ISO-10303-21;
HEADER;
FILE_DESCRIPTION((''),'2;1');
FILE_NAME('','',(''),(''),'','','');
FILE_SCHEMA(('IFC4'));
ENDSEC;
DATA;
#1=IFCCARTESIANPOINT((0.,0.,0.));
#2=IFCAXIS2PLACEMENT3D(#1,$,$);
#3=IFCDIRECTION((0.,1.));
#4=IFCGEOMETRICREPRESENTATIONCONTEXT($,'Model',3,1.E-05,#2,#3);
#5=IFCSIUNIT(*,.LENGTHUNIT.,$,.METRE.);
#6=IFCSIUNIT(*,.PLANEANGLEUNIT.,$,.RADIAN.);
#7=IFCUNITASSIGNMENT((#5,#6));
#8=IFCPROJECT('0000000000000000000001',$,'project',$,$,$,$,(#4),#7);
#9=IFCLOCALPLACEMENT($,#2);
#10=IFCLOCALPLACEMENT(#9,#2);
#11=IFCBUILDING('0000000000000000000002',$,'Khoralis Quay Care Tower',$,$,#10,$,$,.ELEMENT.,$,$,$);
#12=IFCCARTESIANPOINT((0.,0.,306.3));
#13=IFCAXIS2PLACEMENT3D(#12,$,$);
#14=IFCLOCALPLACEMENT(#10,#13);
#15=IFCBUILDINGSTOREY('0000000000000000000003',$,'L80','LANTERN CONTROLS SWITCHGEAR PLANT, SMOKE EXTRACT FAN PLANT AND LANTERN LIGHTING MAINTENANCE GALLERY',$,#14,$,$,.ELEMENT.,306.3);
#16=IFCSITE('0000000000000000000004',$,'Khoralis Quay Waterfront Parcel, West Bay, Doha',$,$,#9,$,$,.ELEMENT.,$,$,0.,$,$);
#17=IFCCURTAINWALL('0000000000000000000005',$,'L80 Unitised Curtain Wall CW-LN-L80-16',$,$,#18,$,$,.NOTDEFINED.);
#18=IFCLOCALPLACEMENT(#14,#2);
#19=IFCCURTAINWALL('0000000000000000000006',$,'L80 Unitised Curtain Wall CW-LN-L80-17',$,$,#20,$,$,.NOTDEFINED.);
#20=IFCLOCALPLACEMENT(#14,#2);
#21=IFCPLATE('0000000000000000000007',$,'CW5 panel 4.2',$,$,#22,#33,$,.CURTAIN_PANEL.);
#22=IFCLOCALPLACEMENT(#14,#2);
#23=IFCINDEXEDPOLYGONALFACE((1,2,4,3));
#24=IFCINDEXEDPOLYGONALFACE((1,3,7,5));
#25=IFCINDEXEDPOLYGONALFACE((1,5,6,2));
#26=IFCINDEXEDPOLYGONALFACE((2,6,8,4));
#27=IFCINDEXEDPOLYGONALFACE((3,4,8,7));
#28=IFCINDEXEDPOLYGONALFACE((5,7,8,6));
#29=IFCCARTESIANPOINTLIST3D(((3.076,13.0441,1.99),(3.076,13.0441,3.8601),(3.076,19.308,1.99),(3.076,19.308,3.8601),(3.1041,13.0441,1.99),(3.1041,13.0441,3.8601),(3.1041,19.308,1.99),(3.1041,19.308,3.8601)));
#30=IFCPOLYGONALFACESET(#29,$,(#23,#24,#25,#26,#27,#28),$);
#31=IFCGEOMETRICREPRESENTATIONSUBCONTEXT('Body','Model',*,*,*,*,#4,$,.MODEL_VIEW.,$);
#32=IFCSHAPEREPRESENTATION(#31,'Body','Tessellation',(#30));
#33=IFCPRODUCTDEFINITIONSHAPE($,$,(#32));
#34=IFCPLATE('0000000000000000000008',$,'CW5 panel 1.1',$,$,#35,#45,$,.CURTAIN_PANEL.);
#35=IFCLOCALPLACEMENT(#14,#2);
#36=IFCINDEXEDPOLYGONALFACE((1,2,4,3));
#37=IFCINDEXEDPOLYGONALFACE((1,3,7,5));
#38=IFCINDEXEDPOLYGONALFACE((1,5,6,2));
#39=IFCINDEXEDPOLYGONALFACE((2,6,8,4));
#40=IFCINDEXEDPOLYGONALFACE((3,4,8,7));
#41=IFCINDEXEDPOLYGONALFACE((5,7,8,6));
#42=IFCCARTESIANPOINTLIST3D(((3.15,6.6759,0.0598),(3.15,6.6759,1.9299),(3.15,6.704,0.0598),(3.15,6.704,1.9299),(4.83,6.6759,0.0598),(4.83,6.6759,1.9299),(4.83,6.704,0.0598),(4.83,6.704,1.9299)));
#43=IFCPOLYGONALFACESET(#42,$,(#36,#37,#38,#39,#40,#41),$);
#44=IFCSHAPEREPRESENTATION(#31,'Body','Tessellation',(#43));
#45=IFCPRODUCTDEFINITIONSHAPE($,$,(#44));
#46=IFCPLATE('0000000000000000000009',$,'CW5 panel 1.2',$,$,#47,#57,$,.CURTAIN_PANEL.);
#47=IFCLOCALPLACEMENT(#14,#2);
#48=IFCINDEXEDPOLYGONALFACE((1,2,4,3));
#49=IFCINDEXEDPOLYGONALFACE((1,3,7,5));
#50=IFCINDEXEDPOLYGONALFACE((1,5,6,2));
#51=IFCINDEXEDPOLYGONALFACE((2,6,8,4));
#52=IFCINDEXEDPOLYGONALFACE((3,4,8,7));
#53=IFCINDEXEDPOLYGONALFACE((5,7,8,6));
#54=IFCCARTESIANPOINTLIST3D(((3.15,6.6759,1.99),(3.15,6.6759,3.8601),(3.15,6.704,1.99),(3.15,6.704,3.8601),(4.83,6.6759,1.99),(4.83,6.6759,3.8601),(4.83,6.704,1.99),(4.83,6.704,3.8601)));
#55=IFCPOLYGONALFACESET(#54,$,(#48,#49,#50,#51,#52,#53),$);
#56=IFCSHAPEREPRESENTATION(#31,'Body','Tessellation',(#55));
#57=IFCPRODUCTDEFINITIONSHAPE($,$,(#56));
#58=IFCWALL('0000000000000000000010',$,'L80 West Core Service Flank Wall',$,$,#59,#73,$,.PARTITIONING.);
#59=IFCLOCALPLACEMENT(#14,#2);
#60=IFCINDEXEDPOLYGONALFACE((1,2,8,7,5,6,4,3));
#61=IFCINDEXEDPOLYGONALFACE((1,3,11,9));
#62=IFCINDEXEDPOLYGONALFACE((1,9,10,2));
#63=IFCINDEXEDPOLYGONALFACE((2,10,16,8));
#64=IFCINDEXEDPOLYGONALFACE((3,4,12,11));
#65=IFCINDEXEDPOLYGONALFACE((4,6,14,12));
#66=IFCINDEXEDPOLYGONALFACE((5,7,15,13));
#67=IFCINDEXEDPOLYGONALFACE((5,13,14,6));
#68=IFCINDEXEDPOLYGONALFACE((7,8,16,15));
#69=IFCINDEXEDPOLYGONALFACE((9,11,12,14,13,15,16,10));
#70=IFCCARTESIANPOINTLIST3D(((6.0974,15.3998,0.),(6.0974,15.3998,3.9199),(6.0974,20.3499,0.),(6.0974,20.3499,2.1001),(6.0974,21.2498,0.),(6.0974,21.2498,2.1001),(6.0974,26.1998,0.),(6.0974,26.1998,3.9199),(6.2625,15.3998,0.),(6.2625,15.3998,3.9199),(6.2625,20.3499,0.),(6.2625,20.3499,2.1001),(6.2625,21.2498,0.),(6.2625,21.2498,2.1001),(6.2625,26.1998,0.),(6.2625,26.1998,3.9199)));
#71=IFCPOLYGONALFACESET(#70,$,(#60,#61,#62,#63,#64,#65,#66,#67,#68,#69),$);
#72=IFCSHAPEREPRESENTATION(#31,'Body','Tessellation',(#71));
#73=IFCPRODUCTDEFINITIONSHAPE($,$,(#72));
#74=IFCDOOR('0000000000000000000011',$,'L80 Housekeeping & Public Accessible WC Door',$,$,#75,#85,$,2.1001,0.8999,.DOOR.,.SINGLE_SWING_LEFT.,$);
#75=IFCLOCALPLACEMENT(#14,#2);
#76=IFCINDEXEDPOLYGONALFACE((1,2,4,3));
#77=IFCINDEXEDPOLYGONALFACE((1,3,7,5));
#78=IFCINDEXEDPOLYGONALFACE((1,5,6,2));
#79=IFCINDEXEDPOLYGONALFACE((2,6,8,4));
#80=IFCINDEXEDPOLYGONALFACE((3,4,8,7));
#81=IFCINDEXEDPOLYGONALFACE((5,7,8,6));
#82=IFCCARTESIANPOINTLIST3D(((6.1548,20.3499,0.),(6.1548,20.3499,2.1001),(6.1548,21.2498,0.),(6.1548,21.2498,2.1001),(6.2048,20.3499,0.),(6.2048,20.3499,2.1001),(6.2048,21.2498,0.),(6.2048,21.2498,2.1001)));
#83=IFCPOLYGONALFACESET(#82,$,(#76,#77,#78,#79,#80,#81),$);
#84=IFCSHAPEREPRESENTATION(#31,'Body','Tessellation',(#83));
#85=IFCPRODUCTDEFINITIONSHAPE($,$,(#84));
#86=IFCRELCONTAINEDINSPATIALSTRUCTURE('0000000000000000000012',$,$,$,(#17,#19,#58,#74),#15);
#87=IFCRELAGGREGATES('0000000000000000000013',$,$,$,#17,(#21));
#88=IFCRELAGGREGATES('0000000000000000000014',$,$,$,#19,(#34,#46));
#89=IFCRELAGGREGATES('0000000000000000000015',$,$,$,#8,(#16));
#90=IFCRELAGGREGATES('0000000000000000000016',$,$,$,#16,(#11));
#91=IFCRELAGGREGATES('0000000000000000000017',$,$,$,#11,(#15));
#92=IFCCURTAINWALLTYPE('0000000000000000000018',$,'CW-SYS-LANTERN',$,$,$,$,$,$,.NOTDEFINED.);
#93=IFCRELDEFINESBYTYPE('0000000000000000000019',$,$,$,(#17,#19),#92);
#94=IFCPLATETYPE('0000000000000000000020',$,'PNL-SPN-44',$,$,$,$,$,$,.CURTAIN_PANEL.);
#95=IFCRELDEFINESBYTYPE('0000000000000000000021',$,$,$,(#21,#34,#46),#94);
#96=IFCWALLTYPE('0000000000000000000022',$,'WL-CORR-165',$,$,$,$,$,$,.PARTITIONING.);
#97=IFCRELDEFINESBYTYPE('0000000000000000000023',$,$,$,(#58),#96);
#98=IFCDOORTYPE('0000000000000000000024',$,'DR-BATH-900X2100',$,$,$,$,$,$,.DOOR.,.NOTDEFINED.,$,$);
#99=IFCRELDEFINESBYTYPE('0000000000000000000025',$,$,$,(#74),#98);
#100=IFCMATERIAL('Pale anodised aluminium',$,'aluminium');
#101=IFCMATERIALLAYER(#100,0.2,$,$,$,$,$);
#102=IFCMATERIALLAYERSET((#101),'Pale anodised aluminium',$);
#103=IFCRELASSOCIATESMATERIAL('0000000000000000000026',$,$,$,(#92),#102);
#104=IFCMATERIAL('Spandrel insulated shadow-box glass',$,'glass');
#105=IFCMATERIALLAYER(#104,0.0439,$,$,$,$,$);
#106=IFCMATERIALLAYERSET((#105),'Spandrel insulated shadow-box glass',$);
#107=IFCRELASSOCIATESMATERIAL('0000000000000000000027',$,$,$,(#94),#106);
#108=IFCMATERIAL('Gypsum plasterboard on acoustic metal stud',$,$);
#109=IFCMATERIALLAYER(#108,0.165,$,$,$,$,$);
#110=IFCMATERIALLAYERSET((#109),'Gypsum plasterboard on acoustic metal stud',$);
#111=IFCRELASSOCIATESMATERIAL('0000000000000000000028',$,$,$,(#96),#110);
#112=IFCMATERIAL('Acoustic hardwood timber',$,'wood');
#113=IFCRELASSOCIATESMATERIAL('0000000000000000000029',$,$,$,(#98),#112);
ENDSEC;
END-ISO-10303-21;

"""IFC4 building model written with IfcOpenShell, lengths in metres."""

from ifc_helpers import new_model, si_unit, direction, frame, frame_2d, origin, origin_2d, place, context, subcontext, project, spatial, rectangle, extrude, source, transform, mapped, material, layer, layer_set, type_object, element, fill, aggregate, save


model = new_model("IFC4")

# Units and contexts
model_context = context("Model", 3, precision=1e-05, world=origin(), true_north=direction((0.0, 1.0)))
body_context = subcontext(model_context, "Body", "Model", "MODEL_VIEW")
ifc_project = project(units=[si_unit("LENGTHUNIT", "METRE"), si_unit("PLANEANGLEUNIT", "RADIAN")], contexts=[model_context])

# Site, building, storey
site_placement = place(None, origin())
site = spatial("IfcSite", under=ifc_project, at=site_placement, Name="Khoralis Quay Waterfront Parcel, West Bay, Doha", CompositionType="ELEMENT", RefElevation=0.0)
building_placement = place(site_placement, origin())
building = spatial("IfcBuilding", under=site, at=building_placement, Name="Khoralis Quay Care Tower", CompositionType="ELEMENT")
storey_placement = place(building_placement, frame((0.0, 0.0, 306.3)))
storey = spatial("IfcBuildingStorey", under=building, at=storey_placement, Name="L80", Description="LANTERN CONTROLS SWITCHGEAR PLANT, SMOKE EXTRACT FAN PLANT AND LANTERN LIGHTING MAINTENANCE GALLERY", CompositionType="ELEMENT", Elevation=306.3)

# Curtain wall
ifc_material_1 = material(Name="Pale anodised aluminium", Category="aluminium")
ifc_layer_1 = layer(ifc_material_1, 0.2)
ifc_layer_set_1 = layer_set([ifc_layer_1], Name="Pale anodised aluminium")
curtain_wall_type = type_object("IfcCurtainWallType", Name="CW-SYS-LANTERN", PredefinedType="NOTDEFINED", material=ifc_layer_set_1)
curtain_wall_1_placement = place(storey_placement, origin())
curtain_wall_1 = element("IfcCurtainWall", 1, at=curtain_wall_1_placement, inside=storey, type_object=curtain_wall_type, Name="L80 Unitised Curtain Wall CW-LN-L80-16", PredefinedType="NOTDEFINED")

# Curtain wall
curtain_wall_2_placement = place(storey_placement, origin())
curtain_wall_2 = element("IfcCurtainWall", 2, at=curtain_wall_2_placement, inside=storey, type_object=curtain_wall_type, Name="L80 Unitised Curtain Wall CW-LN-L80-17", PredefinedType="NOTDEFINED")

# Plates
ifc_material_2 = material(Name="Spandrel insulated shadow-box glass", Category="glass")
ifc_layer_2 = layer(ifc_material_2, 0.0439)
ifc_layer_set_2 = layer_set([ifc_layer_2], Name="Spandrel insulated shadow-box glass")
plate_type = type_object("IfcPlateType", Name="PNL-SPN-44", PredefinedType="CURTAIN_PANEL", material=ifc_layer_set_2)
shared_shape_1 = source(origin(), body_context, "Body", "SweptSolid", [
    extrude(rectangle(XDim=6.2639, YDim=0.0281, at=origin_2d()), origin(), (0.0, 0.0, 1.0), 1.8701),
])
plate_1_placement = place(storey_placement, frame((3.0901, 16.176, 1.99), z_axis=(0.0, 0.0, 1.0), x_axis=(0.0, -1.0, 0.0)))
plate_1 = element("IfcPlate", 3, at=plate_1_placement, type_object=plate_type, Name="CW5 panel 4.2", PredefinedType="CURTAIN_PANEL", context=body_context, shape_type="MappedRepresentation", body=[
    mapped(shared_shape_1, transform((0.0, 0.0, 0.0), scale=1.0)),
])
aggregate(curtain_wall_1, [plate_1])
shared_shape_2 = source(origin(), body_context, "Body", "SweptSolid", [
    extrude(rectangle(XDim=1.6799, YDim=0.0281, at=origin_2d()), origin(), (0.0, 0.0, 1.0), 1.8701),
])
plate_2_placement = place(storey_placement, frame((3.99, 6.6899, 0.0598), z_axis=(0.0, 0.0, 1.0), x_axis=(1.0, 0.0, 0.0)))
plate_2 = element("IfcPlate", 4, at=plate_2_placement, type_object=plate_type, Name="CW5 panel 1.1", PredefinedType="CURTAIN_PANEL", context=body_context, shape_type="MappedRepresentation", body=[
    mapped(shared_shape_2, transform((0.0, 0.0, 0.0), scale=1.0)),
])
plate_3_placement = place(storey_placement, frame((3.99, 6.6899, 1.99), z_axis=(0.0, 0.0, 1.0), x_axis=(1.0, 0.0, 0.0)))
plate_3 = element("IfcPlate", 5, at=plate_3_placement, type_object=plate_type, Name="CW5 panel 1.2", PredefinedType="CURTAIN_PANEL", context=body_context, shape_type="MappedRepresentation", body=[
    mapped(shared_shape_2, transform((0.0, 0.0, 0.0), scale=1.0)),
])
aggregate(curtain_wall_2, [plate_2, plate_3])

# Wall, opening, door
ifc_material_3 = material(Name="Gypsum plasterboard on acoustic metal stud")
ifc_layer_3 = layer(ifc_material_3, 0.165)
ifc_layer_set_3 = layer_set([ifc_layer_3], Name="Gypsum plasterboard on acoustic metal stud")
wall_type = type_object("IfcWallType", Name="WL-CORR-165", PredefinedType="PARTITIONING", material=ifc_layer_set_3)
wall_placement = place(storey_placement, frame((6.1799, 15.3999, 0.0), z_axis=(0.0, 0.0, 1.0), x_axis=(0.0, 1.0, 0.0)))
wall = element("IfcWall", 6, at=wall_placement, inside=storey, type_object=wall_type, Name="L80 West Core Service Flank Wall", PredefinedType="PARTITIONING", context=body_context, shape_type="SweptSolid", body=[
    extrude(rectangle(XDim=10.8, YDim=0.165, at=frame_2d((5.3999, 0.0))), origin(), (0.0, 0.0, 1.0), 3.9199),
])
opening_placement = place(wall_placement, frame((4.95, 0.0, 0.0)))
opening = element("IfcOpeningElement", 7, at=opening_placement, cuts=wall, PredefinedType="OPENING", context=body_context, shape_type="SweptSolid", body=[
    extrude(rectangle(XDim=0.8999, YDim=2.1001, at=frame_2d((0.45, 1.05))), frame((0.0, 0.0925, 0.0), z_axis=(0.0, -1.0, 0.0), x_axis=(1.0, 0.0, 0.0)), (0.0, 0.0, 1.0), 0.1851),
])
ifc_material_4 = material(Name="Acoustic hardwood timber", Category="wood")
door_type = type_object("IfcDoorType", Name="DR-BATH-900X2100", OperationType="NOTDEFINED", PredefinedType="DOOR", material=ifc_material_4)
shared_shape_3 = source(origin(), body_context, "Body", "SweptSolid", [
    extrude(rectangle(XDim=0.8999, YDim=2.1001, at=frame_2d((0.45, 1.05))), frame((0.0, 0.0249, 0.0), z_axis=(0.0, -1.0, 0.0), x_axis=(1.0, 0.0, 0.0)), (0.0, 0.0, 1.0), 0.05),
])
door_placement = place(opening_placement, frame((0.8999, 0.0, 0.0), z_axis=(0.0, 0.0, 1.0), x_axis=(-1.0, 0.0, 0.0)))
door = element("IfcDoor", 8, at=door_placement, inside=storey, type_object=door_type, Name="L80 Housekeeping & Public Accessible WC Door", OperationType="SINGLE_SWING_LEFT", OverallHeight=2.1001, OverallWidth=0.8999, PredefinedType="DOOR", context=body_context, shape_type="MappedRepresentation", body=[
    mapped(shared_shape_3, transform((0.0, 0.0, 0.0), scale=1.0)),
])
fill(opening, door)

save(model, "model.ifc")
